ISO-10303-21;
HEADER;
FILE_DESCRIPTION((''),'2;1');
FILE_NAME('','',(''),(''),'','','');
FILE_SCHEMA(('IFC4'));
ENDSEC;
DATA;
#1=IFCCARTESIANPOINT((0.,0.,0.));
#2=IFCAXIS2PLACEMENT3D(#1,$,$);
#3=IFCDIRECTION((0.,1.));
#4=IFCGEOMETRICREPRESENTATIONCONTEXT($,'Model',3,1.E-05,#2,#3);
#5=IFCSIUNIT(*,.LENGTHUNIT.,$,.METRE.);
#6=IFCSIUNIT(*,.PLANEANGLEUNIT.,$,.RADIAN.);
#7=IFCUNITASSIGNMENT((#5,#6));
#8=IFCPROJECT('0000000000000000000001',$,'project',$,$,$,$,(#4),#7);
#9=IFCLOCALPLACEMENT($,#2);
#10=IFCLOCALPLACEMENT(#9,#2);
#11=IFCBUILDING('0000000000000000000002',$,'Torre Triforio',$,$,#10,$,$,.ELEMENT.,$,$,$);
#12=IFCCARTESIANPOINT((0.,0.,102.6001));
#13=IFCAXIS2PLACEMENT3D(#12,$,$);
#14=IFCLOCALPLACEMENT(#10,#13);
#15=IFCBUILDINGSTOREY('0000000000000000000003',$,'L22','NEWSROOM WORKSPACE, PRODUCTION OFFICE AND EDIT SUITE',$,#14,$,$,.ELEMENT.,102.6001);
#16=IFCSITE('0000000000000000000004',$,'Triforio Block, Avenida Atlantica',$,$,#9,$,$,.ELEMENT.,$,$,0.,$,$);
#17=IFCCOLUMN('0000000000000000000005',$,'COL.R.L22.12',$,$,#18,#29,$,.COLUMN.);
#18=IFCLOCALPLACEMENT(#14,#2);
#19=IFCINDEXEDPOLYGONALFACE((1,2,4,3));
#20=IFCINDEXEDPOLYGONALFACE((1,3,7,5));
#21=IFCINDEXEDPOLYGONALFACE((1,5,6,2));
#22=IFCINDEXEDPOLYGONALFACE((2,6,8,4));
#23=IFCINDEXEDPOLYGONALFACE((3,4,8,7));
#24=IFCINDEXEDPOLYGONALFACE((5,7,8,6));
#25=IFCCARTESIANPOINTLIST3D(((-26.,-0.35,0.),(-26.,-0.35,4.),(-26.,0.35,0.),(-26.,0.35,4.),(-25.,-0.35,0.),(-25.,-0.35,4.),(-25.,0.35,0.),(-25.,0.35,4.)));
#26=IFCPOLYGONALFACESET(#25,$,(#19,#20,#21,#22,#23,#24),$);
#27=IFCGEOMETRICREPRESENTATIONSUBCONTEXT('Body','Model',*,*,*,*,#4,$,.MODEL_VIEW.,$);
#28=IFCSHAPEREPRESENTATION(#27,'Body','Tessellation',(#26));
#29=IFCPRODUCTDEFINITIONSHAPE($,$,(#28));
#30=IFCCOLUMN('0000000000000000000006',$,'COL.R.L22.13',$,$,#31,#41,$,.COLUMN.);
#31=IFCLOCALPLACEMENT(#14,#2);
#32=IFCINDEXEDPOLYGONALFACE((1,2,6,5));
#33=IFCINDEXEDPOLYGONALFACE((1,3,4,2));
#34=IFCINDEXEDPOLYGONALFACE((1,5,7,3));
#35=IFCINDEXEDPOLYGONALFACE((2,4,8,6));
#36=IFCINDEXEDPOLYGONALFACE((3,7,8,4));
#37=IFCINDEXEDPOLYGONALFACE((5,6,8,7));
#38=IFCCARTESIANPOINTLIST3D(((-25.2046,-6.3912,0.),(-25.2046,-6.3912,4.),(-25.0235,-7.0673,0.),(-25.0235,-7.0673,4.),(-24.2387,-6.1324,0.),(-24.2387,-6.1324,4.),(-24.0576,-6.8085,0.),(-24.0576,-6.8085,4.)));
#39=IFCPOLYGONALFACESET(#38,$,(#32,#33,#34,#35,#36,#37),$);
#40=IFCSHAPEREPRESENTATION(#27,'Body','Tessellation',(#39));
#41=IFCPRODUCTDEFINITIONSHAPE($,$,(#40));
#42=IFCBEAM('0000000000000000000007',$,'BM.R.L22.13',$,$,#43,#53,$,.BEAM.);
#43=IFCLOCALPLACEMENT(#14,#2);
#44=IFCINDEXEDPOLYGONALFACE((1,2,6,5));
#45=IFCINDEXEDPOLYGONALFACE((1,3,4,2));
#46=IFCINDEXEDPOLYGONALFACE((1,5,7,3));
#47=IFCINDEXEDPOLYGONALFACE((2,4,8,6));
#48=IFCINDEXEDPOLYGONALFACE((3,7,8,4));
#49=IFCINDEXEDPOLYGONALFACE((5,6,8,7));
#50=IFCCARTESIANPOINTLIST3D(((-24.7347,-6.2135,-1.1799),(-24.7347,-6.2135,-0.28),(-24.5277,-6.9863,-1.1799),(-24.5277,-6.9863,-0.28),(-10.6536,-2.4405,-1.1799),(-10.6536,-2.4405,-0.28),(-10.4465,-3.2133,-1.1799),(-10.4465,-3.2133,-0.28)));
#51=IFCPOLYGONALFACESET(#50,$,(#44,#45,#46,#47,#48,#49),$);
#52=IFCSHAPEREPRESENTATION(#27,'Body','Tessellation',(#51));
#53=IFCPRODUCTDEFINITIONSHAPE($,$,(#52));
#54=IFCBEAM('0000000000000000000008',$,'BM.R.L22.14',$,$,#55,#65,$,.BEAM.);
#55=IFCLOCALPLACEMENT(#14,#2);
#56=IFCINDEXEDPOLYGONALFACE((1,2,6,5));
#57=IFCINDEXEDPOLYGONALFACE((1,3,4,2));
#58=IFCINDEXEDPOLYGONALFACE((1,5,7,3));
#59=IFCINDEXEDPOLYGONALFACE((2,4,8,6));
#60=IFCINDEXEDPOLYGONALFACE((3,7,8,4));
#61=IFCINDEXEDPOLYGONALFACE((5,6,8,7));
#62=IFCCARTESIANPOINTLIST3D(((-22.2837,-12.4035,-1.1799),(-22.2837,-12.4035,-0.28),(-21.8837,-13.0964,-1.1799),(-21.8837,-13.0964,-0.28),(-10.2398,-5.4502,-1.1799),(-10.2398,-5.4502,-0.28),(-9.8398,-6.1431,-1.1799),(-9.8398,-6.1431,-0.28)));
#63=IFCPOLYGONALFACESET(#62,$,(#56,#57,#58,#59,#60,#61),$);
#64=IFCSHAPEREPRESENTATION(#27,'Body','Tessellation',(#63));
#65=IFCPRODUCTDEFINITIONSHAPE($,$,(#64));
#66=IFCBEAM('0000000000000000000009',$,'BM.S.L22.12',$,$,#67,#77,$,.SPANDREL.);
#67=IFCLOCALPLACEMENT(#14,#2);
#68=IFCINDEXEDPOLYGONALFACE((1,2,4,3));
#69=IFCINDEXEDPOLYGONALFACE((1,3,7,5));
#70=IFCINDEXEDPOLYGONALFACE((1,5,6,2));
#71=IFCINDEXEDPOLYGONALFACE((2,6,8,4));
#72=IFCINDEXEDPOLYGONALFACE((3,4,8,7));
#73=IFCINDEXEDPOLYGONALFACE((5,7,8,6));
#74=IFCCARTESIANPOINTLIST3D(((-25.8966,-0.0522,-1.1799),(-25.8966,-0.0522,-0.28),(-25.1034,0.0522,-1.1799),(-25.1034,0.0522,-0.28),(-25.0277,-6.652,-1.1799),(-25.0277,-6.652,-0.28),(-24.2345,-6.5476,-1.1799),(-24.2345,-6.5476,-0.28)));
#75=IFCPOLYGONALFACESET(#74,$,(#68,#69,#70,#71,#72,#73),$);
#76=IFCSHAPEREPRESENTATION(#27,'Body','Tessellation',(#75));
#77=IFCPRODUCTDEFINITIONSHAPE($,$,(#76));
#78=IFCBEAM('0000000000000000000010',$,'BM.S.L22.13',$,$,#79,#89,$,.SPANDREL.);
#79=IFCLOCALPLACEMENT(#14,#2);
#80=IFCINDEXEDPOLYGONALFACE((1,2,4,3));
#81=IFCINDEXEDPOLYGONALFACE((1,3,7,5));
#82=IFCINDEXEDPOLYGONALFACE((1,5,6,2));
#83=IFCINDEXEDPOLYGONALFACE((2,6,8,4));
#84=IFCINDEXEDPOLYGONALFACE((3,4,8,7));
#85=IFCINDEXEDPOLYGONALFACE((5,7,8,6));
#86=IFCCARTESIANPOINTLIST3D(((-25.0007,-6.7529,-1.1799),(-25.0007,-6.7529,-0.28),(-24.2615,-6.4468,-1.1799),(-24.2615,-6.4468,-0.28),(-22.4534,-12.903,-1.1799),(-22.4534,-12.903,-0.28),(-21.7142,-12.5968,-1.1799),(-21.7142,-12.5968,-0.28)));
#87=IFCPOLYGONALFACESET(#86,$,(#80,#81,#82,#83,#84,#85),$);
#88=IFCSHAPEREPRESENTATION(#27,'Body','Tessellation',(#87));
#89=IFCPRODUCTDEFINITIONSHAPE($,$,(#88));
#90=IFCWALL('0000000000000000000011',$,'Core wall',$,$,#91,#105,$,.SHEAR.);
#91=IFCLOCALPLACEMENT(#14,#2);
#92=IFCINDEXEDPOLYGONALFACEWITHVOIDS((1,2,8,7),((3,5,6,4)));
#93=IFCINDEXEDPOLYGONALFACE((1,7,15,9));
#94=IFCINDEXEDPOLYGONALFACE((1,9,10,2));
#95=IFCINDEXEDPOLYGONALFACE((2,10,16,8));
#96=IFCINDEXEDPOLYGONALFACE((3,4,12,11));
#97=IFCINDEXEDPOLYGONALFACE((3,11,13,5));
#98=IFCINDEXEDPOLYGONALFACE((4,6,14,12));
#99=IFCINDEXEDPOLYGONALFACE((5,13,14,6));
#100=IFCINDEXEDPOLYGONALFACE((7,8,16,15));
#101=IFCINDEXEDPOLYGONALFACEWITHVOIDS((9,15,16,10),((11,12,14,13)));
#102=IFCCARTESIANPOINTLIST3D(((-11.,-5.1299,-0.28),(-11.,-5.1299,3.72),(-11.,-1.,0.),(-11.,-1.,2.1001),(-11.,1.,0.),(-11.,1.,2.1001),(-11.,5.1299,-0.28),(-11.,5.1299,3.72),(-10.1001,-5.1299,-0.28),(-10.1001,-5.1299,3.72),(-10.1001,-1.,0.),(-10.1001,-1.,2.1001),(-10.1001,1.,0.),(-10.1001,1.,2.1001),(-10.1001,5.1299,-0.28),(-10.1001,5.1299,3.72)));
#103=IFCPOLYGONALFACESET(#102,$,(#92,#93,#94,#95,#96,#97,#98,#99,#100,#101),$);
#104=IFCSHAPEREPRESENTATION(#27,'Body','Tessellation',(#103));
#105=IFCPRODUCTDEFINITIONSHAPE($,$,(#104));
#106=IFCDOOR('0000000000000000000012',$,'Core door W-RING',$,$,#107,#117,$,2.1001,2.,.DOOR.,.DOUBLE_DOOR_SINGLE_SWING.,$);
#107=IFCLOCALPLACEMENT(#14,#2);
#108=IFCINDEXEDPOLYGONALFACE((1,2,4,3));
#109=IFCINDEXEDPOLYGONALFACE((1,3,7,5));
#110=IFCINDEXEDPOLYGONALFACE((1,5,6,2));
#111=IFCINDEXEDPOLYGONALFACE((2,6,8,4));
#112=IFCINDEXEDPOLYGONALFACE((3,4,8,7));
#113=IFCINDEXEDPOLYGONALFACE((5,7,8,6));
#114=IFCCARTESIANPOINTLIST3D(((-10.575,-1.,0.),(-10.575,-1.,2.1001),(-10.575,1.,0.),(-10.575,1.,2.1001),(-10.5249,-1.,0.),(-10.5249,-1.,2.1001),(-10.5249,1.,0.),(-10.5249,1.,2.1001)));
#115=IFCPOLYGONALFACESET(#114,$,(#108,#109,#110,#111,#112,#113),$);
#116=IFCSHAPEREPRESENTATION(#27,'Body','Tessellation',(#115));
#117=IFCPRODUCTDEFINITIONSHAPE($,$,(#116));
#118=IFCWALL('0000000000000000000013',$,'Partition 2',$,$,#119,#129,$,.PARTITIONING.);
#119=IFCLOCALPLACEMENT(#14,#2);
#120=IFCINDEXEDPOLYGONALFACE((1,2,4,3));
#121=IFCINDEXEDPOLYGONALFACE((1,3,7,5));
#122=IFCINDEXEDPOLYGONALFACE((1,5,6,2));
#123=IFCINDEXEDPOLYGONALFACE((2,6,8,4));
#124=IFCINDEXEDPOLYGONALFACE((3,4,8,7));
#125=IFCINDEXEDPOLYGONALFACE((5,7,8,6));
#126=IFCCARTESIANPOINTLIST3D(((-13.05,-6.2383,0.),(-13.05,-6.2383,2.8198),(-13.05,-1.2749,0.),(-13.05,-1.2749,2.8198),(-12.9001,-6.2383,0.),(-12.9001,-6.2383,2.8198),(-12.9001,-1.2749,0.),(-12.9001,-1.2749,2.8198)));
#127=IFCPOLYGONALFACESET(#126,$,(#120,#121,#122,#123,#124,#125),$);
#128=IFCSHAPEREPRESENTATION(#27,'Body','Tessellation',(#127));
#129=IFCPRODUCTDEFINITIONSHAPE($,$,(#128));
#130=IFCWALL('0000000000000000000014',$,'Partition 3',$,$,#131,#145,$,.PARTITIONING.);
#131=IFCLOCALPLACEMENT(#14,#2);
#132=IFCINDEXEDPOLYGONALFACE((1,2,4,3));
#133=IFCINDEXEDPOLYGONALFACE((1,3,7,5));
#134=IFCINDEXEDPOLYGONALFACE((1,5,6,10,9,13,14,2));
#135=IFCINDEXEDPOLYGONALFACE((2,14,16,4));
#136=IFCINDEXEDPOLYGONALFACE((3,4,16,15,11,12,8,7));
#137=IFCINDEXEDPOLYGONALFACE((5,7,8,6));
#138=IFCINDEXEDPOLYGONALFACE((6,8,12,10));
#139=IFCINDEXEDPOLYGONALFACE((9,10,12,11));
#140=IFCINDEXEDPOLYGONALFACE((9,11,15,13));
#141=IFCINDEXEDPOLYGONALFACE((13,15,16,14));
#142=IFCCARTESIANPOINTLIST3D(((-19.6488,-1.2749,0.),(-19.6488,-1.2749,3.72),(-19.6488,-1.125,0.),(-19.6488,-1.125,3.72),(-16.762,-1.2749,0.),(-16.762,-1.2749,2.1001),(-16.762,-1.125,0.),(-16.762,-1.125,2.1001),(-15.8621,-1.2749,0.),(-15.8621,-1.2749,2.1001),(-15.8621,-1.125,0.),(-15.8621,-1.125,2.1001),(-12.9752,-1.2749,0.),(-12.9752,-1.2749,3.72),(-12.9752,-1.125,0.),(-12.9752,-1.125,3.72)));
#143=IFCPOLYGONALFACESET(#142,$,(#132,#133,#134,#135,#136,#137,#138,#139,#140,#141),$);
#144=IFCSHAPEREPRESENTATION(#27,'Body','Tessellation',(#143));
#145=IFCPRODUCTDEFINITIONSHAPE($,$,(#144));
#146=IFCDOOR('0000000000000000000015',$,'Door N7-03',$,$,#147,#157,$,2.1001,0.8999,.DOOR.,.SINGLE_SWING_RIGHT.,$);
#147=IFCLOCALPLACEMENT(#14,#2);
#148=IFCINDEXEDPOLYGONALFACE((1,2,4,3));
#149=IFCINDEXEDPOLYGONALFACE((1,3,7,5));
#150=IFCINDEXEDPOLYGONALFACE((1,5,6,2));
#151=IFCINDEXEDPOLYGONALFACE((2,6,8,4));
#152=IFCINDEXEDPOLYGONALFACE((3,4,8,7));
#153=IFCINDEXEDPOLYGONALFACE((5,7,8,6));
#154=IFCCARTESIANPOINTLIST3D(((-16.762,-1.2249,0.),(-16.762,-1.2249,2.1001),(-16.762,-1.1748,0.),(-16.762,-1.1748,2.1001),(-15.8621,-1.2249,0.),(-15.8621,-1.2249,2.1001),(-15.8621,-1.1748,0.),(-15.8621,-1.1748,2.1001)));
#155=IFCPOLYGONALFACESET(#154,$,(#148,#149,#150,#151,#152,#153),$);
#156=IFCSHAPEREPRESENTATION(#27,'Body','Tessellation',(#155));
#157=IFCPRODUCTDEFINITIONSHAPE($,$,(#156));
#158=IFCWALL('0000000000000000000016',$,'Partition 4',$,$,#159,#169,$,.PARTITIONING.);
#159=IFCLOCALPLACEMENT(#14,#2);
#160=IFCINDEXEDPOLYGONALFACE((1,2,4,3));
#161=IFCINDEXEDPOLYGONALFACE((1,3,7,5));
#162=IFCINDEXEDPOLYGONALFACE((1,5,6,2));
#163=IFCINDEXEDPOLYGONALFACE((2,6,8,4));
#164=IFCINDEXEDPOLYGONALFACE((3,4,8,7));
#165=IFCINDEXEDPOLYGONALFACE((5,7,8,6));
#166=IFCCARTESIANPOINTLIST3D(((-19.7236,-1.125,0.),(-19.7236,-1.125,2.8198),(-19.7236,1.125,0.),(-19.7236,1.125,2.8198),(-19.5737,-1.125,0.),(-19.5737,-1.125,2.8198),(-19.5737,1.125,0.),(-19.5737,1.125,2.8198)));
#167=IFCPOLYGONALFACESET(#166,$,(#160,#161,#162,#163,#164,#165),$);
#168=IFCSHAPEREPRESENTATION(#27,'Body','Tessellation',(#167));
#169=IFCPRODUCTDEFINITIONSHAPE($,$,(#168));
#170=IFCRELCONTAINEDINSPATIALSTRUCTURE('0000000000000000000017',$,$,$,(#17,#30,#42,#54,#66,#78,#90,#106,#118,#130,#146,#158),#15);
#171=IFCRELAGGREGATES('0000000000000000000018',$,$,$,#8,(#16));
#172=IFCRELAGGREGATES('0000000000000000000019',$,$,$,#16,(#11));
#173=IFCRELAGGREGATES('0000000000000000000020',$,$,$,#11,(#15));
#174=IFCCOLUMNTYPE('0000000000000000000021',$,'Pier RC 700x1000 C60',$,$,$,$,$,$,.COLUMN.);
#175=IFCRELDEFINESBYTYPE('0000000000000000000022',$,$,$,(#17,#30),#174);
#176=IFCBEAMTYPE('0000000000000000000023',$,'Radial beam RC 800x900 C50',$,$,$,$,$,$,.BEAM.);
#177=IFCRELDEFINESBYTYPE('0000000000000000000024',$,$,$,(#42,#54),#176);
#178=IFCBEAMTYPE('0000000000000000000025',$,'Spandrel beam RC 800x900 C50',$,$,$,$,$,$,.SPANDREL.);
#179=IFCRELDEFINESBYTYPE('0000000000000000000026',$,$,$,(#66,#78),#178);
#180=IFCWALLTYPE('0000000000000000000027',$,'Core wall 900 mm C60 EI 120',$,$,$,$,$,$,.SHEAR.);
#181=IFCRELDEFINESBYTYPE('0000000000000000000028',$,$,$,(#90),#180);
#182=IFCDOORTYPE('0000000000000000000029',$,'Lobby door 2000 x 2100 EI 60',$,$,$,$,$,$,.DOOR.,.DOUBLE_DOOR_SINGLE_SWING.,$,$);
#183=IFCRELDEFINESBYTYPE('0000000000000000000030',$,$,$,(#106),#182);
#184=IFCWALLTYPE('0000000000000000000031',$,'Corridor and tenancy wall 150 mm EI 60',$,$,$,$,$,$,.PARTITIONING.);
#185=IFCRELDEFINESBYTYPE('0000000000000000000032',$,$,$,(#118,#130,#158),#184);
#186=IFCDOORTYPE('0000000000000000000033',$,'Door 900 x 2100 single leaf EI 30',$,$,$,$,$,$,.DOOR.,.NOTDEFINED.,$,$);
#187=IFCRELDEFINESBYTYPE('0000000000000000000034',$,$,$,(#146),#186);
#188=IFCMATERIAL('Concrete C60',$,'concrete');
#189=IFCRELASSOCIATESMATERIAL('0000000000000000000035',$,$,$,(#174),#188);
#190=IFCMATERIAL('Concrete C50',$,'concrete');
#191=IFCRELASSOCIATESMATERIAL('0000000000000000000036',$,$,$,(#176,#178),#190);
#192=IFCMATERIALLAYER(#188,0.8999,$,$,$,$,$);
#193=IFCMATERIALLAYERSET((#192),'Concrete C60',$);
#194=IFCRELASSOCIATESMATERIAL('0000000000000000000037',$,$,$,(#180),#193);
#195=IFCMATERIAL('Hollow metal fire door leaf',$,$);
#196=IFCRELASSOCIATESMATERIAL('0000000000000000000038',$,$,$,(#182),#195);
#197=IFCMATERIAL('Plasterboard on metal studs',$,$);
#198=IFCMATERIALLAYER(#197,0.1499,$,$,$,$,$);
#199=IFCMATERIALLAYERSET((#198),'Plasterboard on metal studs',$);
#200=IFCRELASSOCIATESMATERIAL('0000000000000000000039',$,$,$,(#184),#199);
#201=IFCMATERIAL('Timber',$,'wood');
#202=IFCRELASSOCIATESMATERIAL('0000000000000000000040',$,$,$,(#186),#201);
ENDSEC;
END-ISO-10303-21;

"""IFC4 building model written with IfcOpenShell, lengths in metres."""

from ifc_helpers import new_model, si_unit, direction, frame, frame_2d, origin, origin_2d, place, context, subcontext, project, spatial, rectangle, extrude, material, layer, layer_set, material_profile, profile_set, type_object, element, fill, save


model = new_model("IFC4")

# Units and contexts
model_context = context("Model", 3, precision=1e-05, world=origin(), true_north=direction((0.0, 1.0)))
body_context = subcontext(model_context, "Body", "Model", "MODEL_VIEW")
ifc_project = project(units=[si_unit("LENGTHUNIT", "METRE"), si_unit("PLANEANGLEUNIT", "RADIAN")], contexts=[model_context])

# Site, building, storey
site_placement = place(None, origin())
site = spatial("IfcSite", under=ifc_project, at=site_placement, Name="Triforio Block, Avenida Atlantica", CompositionType="ELEMENT", RefElevation=0.0)
building_placement = place(site_placement, origin())
building = spatial("IfcBuilding", under=site, at=building_placement, Name="Torre Triforio", CompositionType="ELEMENT")
storey_placement = place(building_placement, frame((0.0, 0.0, 102.6001)))
storey = spatial("IfcBuildingStorey", under=building, at=storey_placement, Name="L22", Description="NEWSROOM WORKSPACE, PRODUCTION OFFICE AND EDIT SUITE", CompositionType="ELEMENT", Elevation=102.6001)

# Columns
ifc_material_1 = material(Name="Concrete C60", Category="concrete")
ifc_material_profile_1 = material_profile(ifc_material_1, rectangle(XDim=0.7, YDim=1.0, at=origin_2d()), Name="RC 700x1000")
ifc_profile_set_1 = profile_set([ifc_material_profile_1], Name="Concrete C60")
column_type = type_object("IfcColumnType", Name="Pier RC 700x1000 C60", PredefinedType="COLUMN", material=ifc_profile_set_1)
for number, where, z_axis, x_axis, name in (
    (1, (-25.5, 0.0, 0.0), (0.0, 0.0, 1.0), (0.0, -1.0, 0.0), "COL.R.L22.12"),
    (2, (-24.6311, -6.5999, 0.0), (0.0, 0.0, 1.0), (0.258819, -0.965926, 0.0), "COL.R.L22.13"),
):
    element("IfcColumn", number, at=place(storey_placement, frame(where, z_axis=z_axis, x_axis=x_axis)), inside=storey, type_object=column_type, Name=name, PredefinedType="COLUMN", context=body_context, shape_type="SweptSolid", body=[
        extrude(rectangle(XDim=0.7, YDim=1.0, at=origin_2d()), origin(), (0.0, 0.0, 1.0), 4.0),
    ])

# Beams
ifc_material_2 = material(Name="Concrete C50", Category="concrete")
ifc_material_profile_2 = material_profile(ifc_material_2, rectangle(XDim=0.8, YDim=0.8999, at=origin_2d()), Name="RC 800x900")
ifc_profile_set_2 = profile_set([ifc_material_profile_2], Name="Concrete C50")
beam_type_1 = type_object("IfcBeamType", Name="Radial beam RC 800x900 C50", PredefinedType="BEAM", material=ifc_profile_set_2)
beam_1_placement = place(storey_placement, frame((-10.55, -2.8269, -0.73), z_axis=(-0.965927, -0.258815, 0.0), x_axis=(0.258815, -0.965927, 0.0)))
element("IfcBeam", 3, at=beam_1_placement, inside=storey, type_object=beam_type_1, Name="BM.R.L22.13", PredefinedType="BEAM", context=body_context, shape_type="SweptSolid", body=[
    extrude(rectangle(XDim=0.8, YDim=0.8999, at=origin_2d()), origin(), (0.0, 0.0, 1.0), 14.5779),
])
beam_2_placement = place(storey_placement, frame((-10.0398, -5.7966, -0.73), z_axis=(-0.866032, -0.499989, 0.0), x_axis=(0.499989, -0.866032, 0.0)))
element("IfcBeam", 4, at=beam_2_placement, inside=storey, type_object=beam_type_1, Name="BM.R.L22.14", PredefinedType="BEAM", context=body_context, shape_type="SweptSolid", body=[
    extrude(rectangle(XDim=0.8, YDim=0.8999, at=origin_2d()), origin(), (0.0, 0.0, 1.0), 13.907),
])
ifc_material_profile_3 = material_profile(ifc_material_2, rectangle(XDim=0.8, YDim=0.8999, at=origin_2d()), Name="RC 800x900")
ifc_profile_set_3 = profile_set([ifc_material_profile_3], Name="Concrete C50")
beam_type_2 = type_object("IfcBeamType", Name="Spandrel beam RC 800x900 C50", PredefinedType="SPANDREL", material=ifc_profile_set_3)
for number, where, z_axis, x_axis, name in (
    (5, (-25.5, 0.0, -0.73), (0.130528, -0.991445, 0.0), (0.991445, 0.130528, 0.0), "BM.S.L22.12"),
    (6, (-24.6311, -6.5999, -0.73), (0.382669, -0.923885, 0.0), (0.923885, 0.382669, 0.0), "BM.S.L22.13"),
):
    element("IfcBeam", number, at=place(storey_placement, frame(where, z_axis=z_axis, x_axis=x_axis)), inside=storey, type_object=beam_type_2, Name=name, PredefinedType="SPANDREL", context=body_context, shape_type="SweptSolid", body=[
        extrude(rectangle(XDim=0.8, YDim=0.8999, at=origin_2d()), origin(), (0.0, 0.0, 1.0), 6.6567),
    ])

# Wall, opening, door
ifc_layer_1 = layer(ifc_material_1, 0.8999)
ifc_layer_set_1 = layer_set([ifc_layer_1], Name="Concrete C60")
wall_type_1 = type_object("IfcWallType", Name="Core wall 900 mm C60 EI 120", PredefinedType="SHEAR", material=ifc_layer_set_1)
wall_1_placement = place(storey_placement, frame((-10.55, -5.1299, -0.28), z_axis=(0.0, 0.0, 1.0), x_axis=(0.0, 1.0, 0.0)))
wall_1 = element("IfcWall", 7, at=wall_1_placement, inside=storey, type_object=wall_type_1, Name="Core wall", PredefinedType="SHEAR", context=body_context, shape_type="SweptSolid", body=[
    extrude(rectangle(XDim=10.2598, YDim=0.8999, at=frame_2d((5.1299, 0.0))), origin(), (0.0, 0.0, 1.0), 4.0),
])
opening_1_placement = place(wall_1_placement, frame((4.1299, 0.0, 0.28)))
opening_1 = element("IfcOpeningElement", 8, at=opening_1_placement, cuts=wall_1, PredefinedType="OPENING", context=body_context, shape_type="SweptSolid", body=[
    extrude(rectangle(XDim=2.0, YDim=2.1001, at=frame_2d((1.0, 1.05))), frame((0.0, 0.46, 0.0), z_axis=(0.0, -1.0, 0.0), x_axis=(1.0, 0.0, 0.0)), (0.0, 0.0, 1.0), 0.9199),
])
ifc_material_3 = material(Name="Hollow metal fire door leaf")
door_type_1 = type_object("IfcDoorType", Name="Lobby door 2000 x 2100 EI 60", OperationType="DOUBLE_DOOR_SINGLE_SWING", PredefinedType="DOOR", material=ifc_material_3)
door_1_placement = place(opening_1_placement, origin())
door_1 = element("IfcDoor", 9, at=door_1_placement, inside=storey, type_object=door_type_1, Name="Core door W-RING", OperationType="DOUBLE_DOOR_SINGLE_SWING", OverallHeight=2.1001, OverallWidth=2.0, PredefinedType="DOOR", context=body_context, shape_type="SweptSolid", body=[
    extrude(rectangle(XDim=2.0, YDim=2.1001, at=frame_2d((1.0, 1.05))), frame((0.0, 0.0249, 0.0), z_axis=(0.0, -1.0, 0.0), x_axis=(1.0, 0.0, 0.0)), (0.0, 0.0, 1.0), 0.05),
])
fill(opening_1, door_1)

# Wall
ifc_material_4 = material(Name="Plasterboard on metal studs")
ifc_layer_2 = layer(ifc_material_4, 0.1499)
ifc_layer_set_2 = layer_set([ifc_layer_2], Name="Plasterboard on metal studs")
wall_type_2 = type_object("IfcWallType", Name="Corridor and tenancy wall 150 mm EI 60", PredefinedType="PARTITIONING", material=ifc_layer_set_2)
wall_2_placement = place(storey_placement, frame((-12.9751, -6.2383, 0.0), z_axis=(0.0, 0.0, 1.0), x_axis=(0.0, 1.0, 0.0)))
element("IfcWall", 10, at=wall_2_placement, inside=storey, type_object=wall_type_2, Name="Partition 2", PredefinedType="PARTITIONING", context=body_context, shape_type="SweptSolid", body=[
    extrude(rectangle(XDim=4.9634, YDim=0.1499, at=frame_2d((2.4817, 0.0))), origin(), (0.0, 0.0, 1.0), 2.8198),
])

# Wall, opening, door
wall_3_placement = place(storey_placement, frame((-12.9751, -1.2, 0.0), z_axis=(0.0, 0.0, 1.0), x_axis=(-1.0, 0.0, 0.0)))
wall_3 = element("IfcWall", 11, at=wall_3_placement, inside=storey, type_object=wall_type_2, Name="Partition 3", PredefinedType="PARTITIONING", context=body_context, shape_type="SweptSolid", body=[
    extrude(rectangle(XDim=6.6736, YDim=0.1499, at=frame_2d((3.3369, 0.0))), origin(), (0.0, 0.0, 1.0), 3.72),
])
opening_2_placement = place(wall_3_placement, frame((2.887, 0.0, 0.0)))
opening_2 = element("IfcOpeningElement", 12, at=opening_2_placement, cuts=wall_3, PredefinedType="OPENING", context=body_context, shape_type="SweptSolid", body=[
    extrude(rectangle(XDim=0.8999, YDim=2.1001, at=frame_2d((0.45, 1.05))), frame((0.0, 0.085, 0.0), z_axis=(0.0, -1.0, 0.0), x_axis=(1.0, 0.0, 0.0)), (0.0, 0.0, 1.0), 0.1699),
])
ifc_material_5 = material(Name="Timber", Category="wood")
door_type_2 = type_object("IfcDoorType", Name="Door 900 x 2100 single leaf EI 30", OperationType="NOTDEFINED", PredefinedType="DOOR", material=ifc_material_5)
door_2_placement = place(opening_2_placement, origin())
door_2 = element("IfcDoor", 13, at=door_2_placement, inside=storey, type_object=door_type_2, Name="Door N7-03", OperationType="SINGLE_SWING_RIGHT", OverallHeight=2.1001, OverallWidth=0.8999, PredefinedType="DOOR", context=body_context, shape_type="SweptSolid", body=[
    extrude(rectangle(XDim=0.8999, YDim=2.1001, at=frame_2d((0.45, 1.05))), frame((0.0, 0.0249, 0.0), z_axis=(0.0, -1.0, 0.0), x_axis=(1.0, 0.0, 0.0)), (0.0, 0.0, 1.0), 0.05),
])
fill(opening_2, door_2)

# Wall
wall_4_placement = place(storey_placement, frame((-19.6487, -1.125, 0.0), z_axis=(0.0, 0.0, 1.0), x_axis=(0.0, 1.0, 0.0)))
element("IfcWall", 14, at=wall_4_placement, inside=storey, type_object=wall_type_2, Name="Partition 4", PredefinedType="PARTITIONING", context=body_context, shape_type="SweptSolid", body=[
    extrude(rectangle(XDim=2.25, YDim=0.1499, at=frame_2d((1.125, 0.0))), origin(), (0.0, 0.0, 1.0), 2.8198),
])

save(model, "model.ifc")
